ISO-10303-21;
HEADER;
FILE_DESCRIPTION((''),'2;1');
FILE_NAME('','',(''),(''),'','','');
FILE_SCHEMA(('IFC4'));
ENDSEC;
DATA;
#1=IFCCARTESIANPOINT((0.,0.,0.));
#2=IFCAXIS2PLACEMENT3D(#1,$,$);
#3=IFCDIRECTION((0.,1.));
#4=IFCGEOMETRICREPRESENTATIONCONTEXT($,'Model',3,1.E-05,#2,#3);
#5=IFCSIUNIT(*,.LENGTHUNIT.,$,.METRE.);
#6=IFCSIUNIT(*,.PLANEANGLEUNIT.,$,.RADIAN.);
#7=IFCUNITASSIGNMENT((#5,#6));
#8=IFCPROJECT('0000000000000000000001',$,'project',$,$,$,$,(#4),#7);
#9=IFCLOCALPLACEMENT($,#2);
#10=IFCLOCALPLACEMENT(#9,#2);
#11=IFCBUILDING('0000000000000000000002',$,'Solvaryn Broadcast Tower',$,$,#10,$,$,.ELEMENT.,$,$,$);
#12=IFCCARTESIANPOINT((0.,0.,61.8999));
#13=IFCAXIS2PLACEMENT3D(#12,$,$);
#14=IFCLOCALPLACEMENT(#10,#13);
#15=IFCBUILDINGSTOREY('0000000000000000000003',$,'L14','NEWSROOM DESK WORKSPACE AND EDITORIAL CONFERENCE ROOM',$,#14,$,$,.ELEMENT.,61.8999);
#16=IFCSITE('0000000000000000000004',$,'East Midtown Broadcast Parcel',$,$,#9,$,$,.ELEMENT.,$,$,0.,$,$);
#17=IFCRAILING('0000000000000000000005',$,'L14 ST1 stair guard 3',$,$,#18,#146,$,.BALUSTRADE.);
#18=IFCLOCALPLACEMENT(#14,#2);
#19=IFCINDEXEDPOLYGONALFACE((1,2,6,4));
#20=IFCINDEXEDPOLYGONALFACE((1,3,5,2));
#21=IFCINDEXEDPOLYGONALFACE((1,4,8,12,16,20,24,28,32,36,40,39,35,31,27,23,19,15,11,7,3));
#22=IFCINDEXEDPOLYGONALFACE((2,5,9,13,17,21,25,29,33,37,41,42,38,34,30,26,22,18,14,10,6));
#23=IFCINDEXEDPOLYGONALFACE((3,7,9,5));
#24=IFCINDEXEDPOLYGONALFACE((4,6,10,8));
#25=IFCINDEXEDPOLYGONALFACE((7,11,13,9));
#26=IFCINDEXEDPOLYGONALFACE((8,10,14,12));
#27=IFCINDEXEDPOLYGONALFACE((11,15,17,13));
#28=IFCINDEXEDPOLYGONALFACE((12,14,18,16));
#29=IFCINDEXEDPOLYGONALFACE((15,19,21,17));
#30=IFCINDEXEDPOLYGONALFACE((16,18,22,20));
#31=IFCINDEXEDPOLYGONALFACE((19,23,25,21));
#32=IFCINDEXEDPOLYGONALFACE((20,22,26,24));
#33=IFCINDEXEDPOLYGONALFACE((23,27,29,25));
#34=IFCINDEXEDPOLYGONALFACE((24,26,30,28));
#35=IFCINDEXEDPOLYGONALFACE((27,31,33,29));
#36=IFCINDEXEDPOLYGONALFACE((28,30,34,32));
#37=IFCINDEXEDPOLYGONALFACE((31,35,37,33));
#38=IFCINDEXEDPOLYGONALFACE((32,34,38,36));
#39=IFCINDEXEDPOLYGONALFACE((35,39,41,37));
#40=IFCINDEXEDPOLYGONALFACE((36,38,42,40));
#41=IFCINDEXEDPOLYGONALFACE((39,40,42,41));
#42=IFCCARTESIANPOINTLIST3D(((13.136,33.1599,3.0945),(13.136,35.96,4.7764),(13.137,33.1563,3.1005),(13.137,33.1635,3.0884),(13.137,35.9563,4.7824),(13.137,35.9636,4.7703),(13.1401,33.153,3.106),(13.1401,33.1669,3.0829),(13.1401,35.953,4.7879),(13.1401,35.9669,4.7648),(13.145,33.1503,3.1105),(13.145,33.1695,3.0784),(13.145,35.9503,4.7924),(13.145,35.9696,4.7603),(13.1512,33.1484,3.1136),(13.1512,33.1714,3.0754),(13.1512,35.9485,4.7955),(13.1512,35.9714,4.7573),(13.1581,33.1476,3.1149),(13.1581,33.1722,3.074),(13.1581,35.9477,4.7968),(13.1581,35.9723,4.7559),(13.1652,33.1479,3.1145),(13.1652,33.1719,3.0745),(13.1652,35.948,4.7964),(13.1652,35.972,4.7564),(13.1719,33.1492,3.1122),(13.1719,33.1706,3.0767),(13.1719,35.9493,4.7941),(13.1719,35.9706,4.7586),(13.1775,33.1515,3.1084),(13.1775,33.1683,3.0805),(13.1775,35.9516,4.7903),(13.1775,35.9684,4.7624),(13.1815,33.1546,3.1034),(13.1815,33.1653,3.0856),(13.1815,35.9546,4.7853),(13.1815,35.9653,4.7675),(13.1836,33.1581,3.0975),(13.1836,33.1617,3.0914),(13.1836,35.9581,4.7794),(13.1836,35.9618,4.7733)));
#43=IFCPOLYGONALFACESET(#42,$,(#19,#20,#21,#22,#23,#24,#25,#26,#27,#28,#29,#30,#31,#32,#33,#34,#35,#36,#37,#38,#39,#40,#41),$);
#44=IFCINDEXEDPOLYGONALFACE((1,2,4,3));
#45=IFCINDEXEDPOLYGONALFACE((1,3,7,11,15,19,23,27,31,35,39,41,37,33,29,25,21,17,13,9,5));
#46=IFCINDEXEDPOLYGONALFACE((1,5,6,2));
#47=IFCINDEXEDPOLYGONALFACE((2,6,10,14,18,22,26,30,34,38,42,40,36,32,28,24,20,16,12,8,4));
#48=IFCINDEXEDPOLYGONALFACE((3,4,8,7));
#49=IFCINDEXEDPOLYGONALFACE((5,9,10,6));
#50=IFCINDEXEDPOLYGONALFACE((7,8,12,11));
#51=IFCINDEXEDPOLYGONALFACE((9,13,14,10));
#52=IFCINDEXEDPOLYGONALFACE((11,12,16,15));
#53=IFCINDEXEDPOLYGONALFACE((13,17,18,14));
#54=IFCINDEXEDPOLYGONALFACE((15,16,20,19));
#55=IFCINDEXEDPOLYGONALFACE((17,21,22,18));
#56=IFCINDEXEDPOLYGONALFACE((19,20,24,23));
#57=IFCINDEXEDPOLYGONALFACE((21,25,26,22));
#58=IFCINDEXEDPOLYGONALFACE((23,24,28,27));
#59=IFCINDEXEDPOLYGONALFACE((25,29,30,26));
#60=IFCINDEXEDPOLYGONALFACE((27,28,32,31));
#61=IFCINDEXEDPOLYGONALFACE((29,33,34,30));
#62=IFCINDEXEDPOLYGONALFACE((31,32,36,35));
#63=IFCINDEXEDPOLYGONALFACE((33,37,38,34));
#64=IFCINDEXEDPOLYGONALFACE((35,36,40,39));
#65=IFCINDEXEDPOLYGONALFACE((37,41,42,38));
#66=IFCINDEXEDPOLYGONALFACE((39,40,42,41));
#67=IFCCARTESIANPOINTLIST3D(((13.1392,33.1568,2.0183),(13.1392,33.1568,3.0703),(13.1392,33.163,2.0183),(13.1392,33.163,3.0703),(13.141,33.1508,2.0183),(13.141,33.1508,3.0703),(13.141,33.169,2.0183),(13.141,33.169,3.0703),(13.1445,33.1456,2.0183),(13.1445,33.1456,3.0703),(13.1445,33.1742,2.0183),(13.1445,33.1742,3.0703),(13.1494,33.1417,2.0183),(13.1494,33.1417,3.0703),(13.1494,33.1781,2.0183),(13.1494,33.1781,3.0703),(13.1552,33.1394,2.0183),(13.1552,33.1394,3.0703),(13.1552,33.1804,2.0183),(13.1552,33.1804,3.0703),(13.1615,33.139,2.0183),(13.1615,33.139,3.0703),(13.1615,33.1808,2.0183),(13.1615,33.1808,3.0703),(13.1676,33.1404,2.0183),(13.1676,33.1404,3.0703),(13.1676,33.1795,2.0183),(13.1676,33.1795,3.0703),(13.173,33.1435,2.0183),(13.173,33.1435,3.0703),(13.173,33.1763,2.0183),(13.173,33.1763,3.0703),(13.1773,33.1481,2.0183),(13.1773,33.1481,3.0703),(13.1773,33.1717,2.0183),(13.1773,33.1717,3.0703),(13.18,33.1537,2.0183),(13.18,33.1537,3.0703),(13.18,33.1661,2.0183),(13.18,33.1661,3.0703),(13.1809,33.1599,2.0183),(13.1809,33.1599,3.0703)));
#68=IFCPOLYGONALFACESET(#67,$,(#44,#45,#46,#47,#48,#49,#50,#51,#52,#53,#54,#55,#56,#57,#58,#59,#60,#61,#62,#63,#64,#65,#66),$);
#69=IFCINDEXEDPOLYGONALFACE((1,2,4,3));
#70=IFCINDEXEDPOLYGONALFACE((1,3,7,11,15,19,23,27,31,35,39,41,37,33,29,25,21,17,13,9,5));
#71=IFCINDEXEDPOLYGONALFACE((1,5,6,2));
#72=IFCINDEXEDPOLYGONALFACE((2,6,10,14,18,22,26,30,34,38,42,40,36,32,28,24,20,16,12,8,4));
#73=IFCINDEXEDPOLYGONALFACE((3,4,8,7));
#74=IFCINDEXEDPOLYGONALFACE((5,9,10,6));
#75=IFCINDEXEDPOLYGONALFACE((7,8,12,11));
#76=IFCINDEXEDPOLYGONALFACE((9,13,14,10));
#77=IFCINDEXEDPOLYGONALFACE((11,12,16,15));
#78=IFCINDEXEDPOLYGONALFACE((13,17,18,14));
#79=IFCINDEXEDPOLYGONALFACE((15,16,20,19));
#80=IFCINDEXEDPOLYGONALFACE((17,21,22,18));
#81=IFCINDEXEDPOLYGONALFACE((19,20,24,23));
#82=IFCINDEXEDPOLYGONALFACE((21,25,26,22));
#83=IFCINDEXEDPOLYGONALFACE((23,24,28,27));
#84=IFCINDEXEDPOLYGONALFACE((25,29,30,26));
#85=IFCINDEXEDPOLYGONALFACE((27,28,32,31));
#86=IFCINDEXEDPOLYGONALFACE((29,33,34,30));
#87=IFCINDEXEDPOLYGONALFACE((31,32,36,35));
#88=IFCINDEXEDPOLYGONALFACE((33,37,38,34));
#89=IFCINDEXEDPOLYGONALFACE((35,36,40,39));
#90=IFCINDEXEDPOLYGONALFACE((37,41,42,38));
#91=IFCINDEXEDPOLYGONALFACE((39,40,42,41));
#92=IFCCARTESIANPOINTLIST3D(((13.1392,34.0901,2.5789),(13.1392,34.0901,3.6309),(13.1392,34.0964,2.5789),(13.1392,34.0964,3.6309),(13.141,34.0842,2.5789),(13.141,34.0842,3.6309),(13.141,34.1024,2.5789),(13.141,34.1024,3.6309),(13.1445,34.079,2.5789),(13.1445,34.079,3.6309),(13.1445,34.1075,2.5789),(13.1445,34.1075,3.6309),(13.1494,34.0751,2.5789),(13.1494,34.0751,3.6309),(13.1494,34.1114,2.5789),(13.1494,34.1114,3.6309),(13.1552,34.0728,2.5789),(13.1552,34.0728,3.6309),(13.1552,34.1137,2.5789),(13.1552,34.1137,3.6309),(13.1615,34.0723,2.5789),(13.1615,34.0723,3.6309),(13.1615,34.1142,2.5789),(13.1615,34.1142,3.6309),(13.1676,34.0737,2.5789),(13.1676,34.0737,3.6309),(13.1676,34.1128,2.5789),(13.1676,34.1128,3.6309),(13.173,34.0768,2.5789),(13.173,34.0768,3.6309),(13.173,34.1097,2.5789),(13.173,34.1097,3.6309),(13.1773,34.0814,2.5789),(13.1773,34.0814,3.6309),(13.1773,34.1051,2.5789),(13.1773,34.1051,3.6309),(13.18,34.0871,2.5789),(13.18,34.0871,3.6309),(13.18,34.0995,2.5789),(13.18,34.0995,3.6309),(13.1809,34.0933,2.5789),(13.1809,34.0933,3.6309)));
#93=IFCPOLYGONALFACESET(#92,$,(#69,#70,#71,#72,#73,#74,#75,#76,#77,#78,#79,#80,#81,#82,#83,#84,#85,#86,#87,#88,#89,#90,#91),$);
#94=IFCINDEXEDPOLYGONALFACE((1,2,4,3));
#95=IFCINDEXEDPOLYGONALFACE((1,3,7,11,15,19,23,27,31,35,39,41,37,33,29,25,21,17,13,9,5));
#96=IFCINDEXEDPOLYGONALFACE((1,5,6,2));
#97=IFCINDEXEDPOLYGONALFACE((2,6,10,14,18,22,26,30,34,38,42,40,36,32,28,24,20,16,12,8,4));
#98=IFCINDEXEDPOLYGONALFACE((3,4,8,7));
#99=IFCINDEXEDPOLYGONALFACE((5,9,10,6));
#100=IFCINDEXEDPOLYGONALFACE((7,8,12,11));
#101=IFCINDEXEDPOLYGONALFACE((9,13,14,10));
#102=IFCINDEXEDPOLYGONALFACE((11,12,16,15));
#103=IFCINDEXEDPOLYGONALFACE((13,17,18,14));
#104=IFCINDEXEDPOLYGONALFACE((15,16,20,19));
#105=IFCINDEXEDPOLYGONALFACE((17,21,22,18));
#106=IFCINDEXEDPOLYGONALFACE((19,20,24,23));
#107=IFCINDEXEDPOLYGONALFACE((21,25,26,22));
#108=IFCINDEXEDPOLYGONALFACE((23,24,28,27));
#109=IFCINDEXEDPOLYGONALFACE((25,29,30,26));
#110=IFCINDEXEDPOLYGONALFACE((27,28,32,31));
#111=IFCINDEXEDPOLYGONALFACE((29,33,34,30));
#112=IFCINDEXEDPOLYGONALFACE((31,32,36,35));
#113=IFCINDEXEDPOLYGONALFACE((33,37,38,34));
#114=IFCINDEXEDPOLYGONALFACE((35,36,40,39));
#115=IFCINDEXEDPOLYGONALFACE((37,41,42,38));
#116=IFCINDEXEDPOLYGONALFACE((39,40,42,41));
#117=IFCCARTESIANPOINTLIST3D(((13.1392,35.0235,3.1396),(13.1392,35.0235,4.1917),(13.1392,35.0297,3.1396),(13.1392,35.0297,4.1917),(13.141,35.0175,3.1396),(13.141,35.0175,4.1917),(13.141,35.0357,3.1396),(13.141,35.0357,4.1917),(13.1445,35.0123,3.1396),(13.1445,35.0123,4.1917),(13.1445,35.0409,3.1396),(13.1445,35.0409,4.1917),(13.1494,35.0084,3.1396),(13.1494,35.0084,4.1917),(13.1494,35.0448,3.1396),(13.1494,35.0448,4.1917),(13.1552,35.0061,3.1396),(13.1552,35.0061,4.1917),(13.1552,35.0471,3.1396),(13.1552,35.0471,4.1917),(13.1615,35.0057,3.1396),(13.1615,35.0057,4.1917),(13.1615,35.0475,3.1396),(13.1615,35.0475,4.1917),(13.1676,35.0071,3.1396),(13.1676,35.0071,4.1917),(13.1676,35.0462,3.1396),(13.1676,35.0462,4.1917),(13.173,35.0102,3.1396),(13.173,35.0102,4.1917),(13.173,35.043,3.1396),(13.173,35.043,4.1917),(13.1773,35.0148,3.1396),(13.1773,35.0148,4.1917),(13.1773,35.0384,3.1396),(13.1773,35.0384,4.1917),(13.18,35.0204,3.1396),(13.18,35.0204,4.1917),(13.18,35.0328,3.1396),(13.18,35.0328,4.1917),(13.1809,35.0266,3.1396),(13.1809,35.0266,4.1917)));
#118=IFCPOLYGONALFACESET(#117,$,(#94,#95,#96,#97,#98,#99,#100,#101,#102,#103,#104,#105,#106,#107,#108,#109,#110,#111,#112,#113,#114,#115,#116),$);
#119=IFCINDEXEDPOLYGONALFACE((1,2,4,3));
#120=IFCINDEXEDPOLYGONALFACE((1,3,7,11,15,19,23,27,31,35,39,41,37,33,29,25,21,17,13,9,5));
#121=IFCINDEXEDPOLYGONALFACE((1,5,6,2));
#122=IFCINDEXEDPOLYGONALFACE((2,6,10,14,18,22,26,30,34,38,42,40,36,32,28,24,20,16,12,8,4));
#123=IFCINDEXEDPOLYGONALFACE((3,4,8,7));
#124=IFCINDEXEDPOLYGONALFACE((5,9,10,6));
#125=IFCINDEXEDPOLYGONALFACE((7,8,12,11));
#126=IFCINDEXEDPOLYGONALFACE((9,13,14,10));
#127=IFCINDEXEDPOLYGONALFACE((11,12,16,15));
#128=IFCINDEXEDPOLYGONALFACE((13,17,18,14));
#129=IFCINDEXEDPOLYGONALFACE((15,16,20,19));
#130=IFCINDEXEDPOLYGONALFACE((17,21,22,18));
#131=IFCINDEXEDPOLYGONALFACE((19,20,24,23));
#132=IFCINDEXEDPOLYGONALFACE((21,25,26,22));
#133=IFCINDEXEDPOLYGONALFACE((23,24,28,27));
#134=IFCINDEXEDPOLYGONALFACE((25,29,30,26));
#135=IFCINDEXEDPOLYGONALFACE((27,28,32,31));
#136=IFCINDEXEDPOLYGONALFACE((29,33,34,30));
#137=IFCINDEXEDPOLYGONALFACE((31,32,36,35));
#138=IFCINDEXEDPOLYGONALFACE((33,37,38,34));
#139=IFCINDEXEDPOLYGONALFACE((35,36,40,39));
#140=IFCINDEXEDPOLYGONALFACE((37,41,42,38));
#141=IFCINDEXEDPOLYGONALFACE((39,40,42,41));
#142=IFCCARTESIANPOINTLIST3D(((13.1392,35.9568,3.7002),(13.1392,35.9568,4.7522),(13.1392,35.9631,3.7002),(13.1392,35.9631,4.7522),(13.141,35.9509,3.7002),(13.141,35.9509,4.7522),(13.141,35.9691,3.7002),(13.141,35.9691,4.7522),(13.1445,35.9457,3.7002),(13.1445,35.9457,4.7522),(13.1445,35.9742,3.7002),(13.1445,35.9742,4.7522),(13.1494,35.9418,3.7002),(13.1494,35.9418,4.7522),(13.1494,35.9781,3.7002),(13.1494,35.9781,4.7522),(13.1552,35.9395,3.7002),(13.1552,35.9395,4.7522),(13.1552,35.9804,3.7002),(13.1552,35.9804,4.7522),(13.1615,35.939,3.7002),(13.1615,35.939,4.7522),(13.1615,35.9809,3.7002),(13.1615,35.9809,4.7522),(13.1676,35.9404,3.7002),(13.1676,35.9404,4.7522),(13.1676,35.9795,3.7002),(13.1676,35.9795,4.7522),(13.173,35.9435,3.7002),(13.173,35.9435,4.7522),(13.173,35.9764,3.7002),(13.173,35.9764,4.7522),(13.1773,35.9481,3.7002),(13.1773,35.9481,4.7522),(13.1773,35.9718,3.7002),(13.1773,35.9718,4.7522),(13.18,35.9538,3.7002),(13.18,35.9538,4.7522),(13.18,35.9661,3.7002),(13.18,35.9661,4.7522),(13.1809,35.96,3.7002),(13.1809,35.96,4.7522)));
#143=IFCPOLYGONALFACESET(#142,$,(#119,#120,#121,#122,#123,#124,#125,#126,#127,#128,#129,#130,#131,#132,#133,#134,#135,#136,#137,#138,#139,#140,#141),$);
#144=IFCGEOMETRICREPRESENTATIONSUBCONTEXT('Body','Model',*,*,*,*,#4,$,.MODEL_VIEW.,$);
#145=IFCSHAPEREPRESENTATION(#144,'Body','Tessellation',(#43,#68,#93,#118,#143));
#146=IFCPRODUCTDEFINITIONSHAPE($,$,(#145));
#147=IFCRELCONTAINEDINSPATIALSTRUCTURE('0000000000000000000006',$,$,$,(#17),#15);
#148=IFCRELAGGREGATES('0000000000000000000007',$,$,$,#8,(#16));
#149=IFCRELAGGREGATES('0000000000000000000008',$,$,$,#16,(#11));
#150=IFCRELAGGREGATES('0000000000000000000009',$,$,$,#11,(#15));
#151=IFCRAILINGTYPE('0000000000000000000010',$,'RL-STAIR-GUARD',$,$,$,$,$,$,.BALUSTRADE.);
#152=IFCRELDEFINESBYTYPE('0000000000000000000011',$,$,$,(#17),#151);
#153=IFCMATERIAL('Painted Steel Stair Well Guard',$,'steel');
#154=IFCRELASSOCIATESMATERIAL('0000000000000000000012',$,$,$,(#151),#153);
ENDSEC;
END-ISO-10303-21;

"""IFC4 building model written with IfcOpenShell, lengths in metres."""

from ifc_helpers import new_model, si_unit, direction, frame, origin, origin_2d, place, context, subcontext, project, spatial, circle, extrude, material, type_object, element, save


model = new_model("IFC4")

# Units and contexts
model_context = context("Model", 3, precision=1e-05, world=origin(), true_north=direction((0.0, 1.0)))
body_context = subcontext(model_context, "Body", "Model", "MODEL_VIEW")
ifc_project = project(units=[si_unit("LENGTHUNIT", "METRE"), si_unit("PLANEANGLEUNIT", "RADIAN")], contexts=[model_context])

# Site, building, storey
site_placement = place(None, origin())
site = spatial("IfcSite", under=ifc_project, at=site_placement, Name="East Midtown Broadcast Parcel", CompositionType="ELEMENT", RefElevation=0.0)
building_placement = place(site_placement, origin())
building = spatial("IfcBuilding", under=site, at=building_placement, Name="Solvaryn Broadcast Tower", CompositionType="ELEMENT")
storey_placement = place(building_placement, frame((0.0, 0.0, 61.8999)))
storey = spatial("IfcBuildingStorey", under=building, at=storey_placement, Name="L14", Description="NEWSROOM DESK WORKSPACE AND EDITORIAL CONFERENCE ROOM", CompositionType="ELEMENT", Elevation=61.8999)

# Railing
ifc_material_1 = material(Name="Painted Steel Stair Well Guard", Category="steel")
railing_type_1 = type_object("IfcRailingType", Name="RL-STAIR-GUARD", PredefinedType="BALUSTRADE", material=ifc_material_1)
railing_1_placement = place(storey_placement, frame((13.1599, 33.1599, 2.0183)))
element("IfcRailing", 1, at=railing_1_placement, inside=storey, type_object=railing_type_1, Name="L14 ST1 stair guard 3", PredefinedType="BALUSTRADE", context=body_context, shape_type="SweptSolid", body=[
    extrude(circle(Radius=0.0239, at=origin_2d()), frame((0.0, 0.0, 1.0762), z_axis=(0.0, 0.857242, 0.514913), x_axis=(-1.0, 0.0, 0.0)), (0.0, 0.0, 1.0), 3.2664),
    extrude(circle(Radius=0.021, at=origin_2d()), origin(), (0.0, 0.0, 1.0), 1.052),
    extrude(circle(Radius=0.021, at=origin_2d()), frame((0.0, 0.9333, 0.5605)), (0.0, 0.0, 1.0), 1.052),
    extrude(circle(Radius=0.021, at=origin_2d()), frame((0.0, 1.8667, 1.1213)), (0.0, 0.0, 1.0), 1.052),
    extrude(circle(Radius=0.021, at=origin_2d()), frame((0.0, 2.8, 1.6819)), (0.0, 0.0, 1.0), 1.052),
])

save(model, "model.ifc")
